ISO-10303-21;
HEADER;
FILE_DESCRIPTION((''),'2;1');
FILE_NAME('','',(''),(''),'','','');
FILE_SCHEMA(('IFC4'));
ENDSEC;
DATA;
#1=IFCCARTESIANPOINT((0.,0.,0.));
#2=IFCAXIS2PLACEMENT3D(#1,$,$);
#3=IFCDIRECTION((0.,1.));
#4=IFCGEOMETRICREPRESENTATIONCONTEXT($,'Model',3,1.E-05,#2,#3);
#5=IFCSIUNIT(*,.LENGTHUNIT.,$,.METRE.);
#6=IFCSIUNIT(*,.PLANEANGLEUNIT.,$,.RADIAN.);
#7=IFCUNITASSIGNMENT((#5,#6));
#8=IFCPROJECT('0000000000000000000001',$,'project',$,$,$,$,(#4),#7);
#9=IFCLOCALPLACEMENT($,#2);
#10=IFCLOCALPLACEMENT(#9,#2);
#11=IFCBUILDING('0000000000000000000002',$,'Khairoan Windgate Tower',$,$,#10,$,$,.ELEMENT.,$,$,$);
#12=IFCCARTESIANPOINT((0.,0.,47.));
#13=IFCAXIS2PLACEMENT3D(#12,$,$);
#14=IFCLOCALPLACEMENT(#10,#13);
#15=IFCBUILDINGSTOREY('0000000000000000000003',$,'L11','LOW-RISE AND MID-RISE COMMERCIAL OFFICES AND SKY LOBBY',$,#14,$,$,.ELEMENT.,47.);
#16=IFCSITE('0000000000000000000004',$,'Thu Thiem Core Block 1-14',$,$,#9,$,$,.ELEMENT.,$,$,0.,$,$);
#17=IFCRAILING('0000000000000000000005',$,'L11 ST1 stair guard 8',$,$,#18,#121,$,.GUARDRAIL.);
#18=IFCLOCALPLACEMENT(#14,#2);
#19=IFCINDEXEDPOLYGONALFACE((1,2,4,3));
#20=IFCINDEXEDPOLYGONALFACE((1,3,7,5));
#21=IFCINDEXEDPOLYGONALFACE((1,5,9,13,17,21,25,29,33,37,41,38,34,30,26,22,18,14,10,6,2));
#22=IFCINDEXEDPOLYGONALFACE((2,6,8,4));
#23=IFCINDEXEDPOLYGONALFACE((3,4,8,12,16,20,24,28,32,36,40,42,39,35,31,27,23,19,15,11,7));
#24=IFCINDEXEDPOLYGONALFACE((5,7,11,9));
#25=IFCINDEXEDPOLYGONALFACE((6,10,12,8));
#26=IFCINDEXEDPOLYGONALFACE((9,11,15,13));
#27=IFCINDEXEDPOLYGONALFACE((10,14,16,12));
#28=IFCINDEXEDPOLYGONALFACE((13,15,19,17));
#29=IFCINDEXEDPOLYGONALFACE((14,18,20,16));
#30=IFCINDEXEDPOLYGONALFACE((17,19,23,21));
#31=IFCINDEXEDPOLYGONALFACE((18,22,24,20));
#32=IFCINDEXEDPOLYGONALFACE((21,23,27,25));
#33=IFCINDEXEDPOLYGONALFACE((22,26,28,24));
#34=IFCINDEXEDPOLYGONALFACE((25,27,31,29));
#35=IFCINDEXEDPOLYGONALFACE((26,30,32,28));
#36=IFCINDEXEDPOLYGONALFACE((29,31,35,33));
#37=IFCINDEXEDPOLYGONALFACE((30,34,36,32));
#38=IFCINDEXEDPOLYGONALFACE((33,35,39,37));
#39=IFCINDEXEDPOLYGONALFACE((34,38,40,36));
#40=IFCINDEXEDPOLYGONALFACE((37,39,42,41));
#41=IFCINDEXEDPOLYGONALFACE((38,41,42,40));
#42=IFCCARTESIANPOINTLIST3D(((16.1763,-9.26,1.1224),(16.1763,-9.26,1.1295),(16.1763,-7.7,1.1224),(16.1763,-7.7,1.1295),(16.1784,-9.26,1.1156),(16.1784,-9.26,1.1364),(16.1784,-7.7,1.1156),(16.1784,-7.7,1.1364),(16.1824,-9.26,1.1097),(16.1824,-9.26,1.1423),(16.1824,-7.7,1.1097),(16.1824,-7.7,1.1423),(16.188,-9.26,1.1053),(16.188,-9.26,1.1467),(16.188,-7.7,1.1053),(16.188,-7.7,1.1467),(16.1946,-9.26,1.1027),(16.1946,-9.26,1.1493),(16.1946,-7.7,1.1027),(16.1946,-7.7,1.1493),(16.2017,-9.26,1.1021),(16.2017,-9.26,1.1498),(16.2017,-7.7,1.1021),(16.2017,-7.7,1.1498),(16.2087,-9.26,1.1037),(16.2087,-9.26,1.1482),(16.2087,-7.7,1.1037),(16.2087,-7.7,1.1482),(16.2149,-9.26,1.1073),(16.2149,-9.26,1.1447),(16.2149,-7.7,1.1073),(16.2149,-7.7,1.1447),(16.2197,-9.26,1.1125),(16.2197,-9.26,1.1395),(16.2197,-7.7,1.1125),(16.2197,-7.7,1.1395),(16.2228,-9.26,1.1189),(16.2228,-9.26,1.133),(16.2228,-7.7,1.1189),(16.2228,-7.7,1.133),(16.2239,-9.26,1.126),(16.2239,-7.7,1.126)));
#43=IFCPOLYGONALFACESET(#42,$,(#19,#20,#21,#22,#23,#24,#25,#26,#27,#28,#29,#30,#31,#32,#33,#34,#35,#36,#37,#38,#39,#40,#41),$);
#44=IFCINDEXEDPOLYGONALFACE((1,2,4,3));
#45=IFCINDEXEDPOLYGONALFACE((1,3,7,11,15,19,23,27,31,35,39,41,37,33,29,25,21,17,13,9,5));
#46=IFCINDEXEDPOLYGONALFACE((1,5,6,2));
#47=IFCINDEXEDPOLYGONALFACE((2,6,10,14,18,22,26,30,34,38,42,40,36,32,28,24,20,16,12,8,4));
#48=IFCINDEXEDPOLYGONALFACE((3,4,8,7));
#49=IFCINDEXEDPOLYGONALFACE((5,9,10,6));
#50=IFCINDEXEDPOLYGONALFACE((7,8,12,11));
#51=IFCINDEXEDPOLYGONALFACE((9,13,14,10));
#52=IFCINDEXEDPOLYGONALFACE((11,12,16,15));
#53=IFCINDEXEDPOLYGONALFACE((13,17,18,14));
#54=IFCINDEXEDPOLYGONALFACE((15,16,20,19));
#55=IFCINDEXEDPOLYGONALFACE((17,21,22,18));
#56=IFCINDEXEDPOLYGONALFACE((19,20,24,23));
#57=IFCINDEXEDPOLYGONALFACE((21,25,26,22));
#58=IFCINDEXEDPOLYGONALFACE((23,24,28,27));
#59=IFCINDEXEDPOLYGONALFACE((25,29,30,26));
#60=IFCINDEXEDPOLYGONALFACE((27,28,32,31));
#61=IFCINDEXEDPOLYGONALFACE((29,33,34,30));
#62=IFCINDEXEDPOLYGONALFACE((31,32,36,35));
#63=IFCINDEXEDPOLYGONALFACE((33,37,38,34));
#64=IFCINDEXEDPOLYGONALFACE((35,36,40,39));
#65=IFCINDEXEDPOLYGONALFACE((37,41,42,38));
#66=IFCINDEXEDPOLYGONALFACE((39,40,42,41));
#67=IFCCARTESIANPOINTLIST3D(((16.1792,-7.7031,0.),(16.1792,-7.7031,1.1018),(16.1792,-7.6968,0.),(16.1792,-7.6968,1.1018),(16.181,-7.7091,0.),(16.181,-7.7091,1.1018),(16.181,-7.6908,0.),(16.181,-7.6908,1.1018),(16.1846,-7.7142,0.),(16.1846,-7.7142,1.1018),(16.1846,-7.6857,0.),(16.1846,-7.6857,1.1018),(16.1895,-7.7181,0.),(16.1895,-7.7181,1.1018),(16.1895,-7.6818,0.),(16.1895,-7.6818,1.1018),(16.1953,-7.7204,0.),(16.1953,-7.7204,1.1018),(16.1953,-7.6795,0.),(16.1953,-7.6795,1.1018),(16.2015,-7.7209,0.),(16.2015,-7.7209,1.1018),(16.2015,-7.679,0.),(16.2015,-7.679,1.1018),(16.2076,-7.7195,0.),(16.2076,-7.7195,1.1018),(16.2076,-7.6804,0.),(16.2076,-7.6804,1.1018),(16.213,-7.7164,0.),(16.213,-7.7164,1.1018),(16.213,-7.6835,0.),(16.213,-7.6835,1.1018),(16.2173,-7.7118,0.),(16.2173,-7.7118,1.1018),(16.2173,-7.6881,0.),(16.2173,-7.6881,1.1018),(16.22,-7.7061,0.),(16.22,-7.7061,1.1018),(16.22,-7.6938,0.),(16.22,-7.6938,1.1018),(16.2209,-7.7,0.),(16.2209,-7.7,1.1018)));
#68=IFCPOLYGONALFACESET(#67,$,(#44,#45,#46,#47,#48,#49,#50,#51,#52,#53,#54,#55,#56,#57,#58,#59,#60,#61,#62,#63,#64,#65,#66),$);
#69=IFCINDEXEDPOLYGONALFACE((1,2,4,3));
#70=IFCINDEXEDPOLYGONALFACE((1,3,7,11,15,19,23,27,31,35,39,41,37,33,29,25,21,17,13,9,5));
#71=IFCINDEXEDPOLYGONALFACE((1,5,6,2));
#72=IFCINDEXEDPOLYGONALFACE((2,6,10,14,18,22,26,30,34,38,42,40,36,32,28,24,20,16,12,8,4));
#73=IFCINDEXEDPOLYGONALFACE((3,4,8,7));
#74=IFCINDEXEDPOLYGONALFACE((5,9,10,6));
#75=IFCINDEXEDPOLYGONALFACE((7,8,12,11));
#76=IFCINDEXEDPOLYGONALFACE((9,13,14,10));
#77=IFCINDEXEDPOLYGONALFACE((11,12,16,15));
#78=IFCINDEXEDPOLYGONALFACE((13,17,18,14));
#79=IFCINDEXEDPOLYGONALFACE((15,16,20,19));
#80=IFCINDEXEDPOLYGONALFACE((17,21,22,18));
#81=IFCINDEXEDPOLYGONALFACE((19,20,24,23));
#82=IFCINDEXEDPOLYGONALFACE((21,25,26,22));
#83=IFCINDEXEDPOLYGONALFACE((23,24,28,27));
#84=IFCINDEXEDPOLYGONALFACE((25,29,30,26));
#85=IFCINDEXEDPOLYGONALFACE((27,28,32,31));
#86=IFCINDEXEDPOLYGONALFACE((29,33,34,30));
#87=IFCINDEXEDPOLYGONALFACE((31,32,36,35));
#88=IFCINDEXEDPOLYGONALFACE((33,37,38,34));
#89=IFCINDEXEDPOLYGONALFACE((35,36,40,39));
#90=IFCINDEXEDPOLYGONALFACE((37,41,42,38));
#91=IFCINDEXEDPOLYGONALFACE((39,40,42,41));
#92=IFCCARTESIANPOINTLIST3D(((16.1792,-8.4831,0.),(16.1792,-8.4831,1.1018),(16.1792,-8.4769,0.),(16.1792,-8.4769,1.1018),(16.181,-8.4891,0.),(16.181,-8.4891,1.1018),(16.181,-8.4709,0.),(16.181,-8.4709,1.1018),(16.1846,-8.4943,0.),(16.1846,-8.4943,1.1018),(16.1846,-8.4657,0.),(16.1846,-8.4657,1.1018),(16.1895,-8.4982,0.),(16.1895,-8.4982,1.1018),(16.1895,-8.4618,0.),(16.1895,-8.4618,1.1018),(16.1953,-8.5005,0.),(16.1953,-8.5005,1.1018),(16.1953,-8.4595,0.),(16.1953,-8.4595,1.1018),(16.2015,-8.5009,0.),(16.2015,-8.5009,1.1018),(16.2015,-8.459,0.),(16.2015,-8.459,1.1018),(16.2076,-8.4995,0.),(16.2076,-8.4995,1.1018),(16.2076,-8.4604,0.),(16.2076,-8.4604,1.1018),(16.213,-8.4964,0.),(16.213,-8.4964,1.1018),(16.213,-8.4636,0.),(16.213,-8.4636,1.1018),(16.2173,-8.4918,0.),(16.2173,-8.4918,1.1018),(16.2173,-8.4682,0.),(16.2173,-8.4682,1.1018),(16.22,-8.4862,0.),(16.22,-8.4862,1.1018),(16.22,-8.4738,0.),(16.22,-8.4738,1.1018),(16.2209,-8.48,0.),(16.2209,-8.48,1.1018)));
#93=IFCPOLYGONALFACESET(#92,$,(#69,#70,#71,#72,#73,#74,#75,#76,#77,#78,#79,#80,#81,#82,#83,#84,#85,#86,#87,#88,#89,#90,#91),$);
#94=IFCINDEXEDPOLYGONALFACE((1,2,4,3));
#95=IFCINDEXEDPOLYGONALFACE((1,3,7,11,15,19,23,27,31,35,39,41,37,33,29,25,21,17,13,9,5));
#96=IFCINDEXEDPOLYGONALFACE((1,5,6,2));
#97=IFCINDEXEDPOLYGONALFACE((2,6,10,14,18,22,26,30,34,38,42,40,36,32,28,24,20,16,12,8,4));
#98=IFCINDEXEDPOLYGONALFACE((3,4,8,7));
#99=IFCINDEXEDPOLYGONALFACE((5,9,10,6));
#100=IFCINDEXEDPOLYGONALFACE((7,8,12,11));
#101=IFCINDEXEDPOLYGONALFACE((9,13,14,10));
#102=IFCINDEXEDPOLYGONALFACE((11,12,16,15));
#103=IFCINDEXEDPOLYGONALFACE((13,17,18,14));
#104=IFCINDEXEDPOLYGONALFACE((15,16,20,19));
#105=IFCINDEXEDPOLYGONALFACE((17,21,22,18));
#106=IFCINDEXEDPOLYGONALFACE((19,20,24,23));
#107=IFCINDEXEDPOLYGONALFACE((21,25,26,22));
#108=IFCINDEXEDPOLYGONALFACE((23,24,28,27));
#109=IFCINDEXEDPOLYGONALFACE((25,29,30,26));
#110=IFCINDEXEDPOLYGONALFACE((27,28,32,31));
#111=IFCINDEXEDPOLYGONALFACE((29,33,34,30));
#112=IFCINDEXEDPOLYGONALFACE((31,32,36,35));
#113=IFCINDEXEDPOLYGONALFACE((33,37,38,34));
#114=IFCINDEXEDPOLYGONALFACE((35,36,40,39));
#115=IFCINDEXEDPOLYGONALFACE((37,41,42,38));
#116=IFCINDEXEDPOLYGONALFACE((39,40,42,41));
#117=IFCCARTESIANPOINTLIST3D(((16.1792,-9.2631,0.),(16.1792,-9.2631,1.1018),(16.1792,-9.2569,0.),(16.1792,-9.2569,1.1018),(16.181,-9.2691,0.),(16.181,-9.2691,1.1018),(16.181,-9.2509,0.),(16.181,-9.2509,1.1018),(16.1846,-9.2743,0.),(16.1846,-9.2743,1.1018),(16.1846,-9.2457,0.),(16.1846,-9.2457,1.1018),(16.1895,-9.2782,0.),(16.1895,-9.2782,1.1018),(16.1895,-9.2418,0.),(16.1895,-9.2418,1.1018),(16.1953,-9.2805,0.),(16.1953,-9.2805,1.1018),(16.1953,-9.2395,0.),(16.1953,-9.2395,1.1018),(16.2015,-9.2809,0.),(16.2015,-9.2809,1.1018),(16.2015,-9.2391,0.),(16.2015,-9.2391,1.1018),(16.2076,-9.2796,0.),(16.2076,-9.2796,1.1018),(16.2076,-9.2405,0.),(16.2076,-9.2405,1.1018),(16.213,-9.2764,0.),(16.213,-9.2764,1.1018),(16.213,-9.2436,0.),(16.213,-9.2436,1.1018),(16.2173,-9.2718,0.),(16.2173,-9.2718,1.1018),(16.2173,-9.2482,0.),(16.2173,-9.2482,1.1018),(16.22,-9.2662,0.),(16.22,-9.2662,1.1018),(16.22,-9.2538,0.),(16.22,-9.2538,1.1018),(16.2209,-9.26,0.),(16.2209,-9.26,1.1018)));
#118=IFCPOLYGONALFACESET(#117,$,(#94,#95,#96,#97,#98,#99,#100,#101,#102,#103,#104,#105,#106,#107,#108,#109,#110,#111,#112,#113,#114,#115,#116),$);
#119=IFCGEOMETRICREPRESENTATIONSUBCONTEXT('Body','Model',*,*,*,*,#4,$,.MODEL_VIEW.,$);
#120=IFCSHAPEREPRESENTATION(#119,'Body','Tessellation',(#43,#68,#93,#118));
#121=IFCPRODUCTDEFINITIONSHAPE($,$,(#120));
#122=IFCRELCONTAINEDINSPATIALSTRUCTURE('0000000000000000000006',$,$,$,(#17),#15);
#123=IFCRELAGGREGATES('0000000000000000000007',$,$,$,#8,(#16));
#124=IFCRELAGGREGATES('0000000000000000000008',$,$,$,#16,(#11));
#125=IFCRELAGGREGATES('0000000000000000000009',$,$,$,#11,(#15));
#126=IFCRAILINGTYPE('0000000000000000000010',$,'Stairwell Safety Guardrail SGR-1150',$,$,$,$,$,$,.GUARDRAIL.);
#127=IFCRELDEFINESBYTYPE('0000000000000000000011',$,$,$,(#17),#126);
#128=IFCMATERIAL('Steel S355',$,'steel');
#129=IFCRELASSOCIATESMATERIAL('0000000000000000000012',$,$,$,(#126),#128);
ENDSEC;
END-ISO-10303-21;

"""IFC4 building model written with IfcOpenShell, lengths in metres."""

from ifc_helpers import new_model, si_unit, direction, frame, origin, origin_2d, place, context, subcontext, project, spatial, circle, extrude, material, type_object, element, save


model = new_model("IFC4")

# Units and contexts
model_context = context("Model", 3, precision=1e-05, world=origin(), true_north=direction((0.0, 1.0)))
body_context = subcontext(model_context, "Body", "Model", "MODEL_VIEW")
ifc_project = project(units=[si_unit("LENGTHUNIT", "METRE"), si_unit("PLANEANGLEUNIT", "RADIAN")], contexts=[model_context])

# Site, building, storey
site_placement = place(None, origin())
site = spatial("IfcSite", under=ifc_project, at=site_placement, Name="Thu Thiem Core Block 1-14", CompositionType="ELEMENT", RefElevation=0.0)
building_placement = place(site_placement, origin())
building = spatial("IfcBuilding", under=site, at=building_placement, Name="Khairoan Windgate Tower", CompositionType="ELEMENT")
storey_placement = place(building_placement, frame((0.0, 0.0, 47.0)))
storey = spatial("IfcBuildingStorey", under=building, at=storey_placement, Name="L11", Description="LOW-RISE AND MID-RISE COMMERCIAL OFFICES AND SKY LOBBY", CompositionType="ELEMENT", Elevation=47.0)

# Railing
ifc_material_1 = material(Name="Steel S355", Category="steel")
railing_type_1 = type_object("IfcRailingType", Name="Stairwell Safety Guardrail SGR-1150", PredefinedType="GUARDRAIL", material=ifc_material_1)
railing_1_placement = place(storey_placement, frame((16.2, -7.7, 0.0)))
element("IfcRailing", 1, at=railing_1_placement, inside=storey, type_object=railing_type_1, Name="L11 ST1 stair guard 8", PredefinedType="GUARDRAIL", context=body_context, shape_type="SweptSolid", body=[
    extrude(circle(Radius=0.0239, at=origin_2d()), frame((0.0, 0.0, 1.126), z_axis=(0.0, -1.0, 0.0), x_axis=(1.0, 0.0, 0.0)), (0.0, 0.0, 1.0), 1.5601),
    extrude(circle(Radius=0.021, at=origin_2d()), origin(), (0.0, 0.0, 1.0), 1.1018),
    extrude(circle(Radius=0.021, at=origin_2d()), frame((0.0, -0.78, 0.0)), (0.0, 0.0, 1.0), 1.1018),
    extrude(circle(Radius=0.021, at=origin_2d()), frame((0.0, -1.5601, 0.0)), (0.0, 0.0, 1.0), 1.1018),
])

save(model, "model.ifc")
